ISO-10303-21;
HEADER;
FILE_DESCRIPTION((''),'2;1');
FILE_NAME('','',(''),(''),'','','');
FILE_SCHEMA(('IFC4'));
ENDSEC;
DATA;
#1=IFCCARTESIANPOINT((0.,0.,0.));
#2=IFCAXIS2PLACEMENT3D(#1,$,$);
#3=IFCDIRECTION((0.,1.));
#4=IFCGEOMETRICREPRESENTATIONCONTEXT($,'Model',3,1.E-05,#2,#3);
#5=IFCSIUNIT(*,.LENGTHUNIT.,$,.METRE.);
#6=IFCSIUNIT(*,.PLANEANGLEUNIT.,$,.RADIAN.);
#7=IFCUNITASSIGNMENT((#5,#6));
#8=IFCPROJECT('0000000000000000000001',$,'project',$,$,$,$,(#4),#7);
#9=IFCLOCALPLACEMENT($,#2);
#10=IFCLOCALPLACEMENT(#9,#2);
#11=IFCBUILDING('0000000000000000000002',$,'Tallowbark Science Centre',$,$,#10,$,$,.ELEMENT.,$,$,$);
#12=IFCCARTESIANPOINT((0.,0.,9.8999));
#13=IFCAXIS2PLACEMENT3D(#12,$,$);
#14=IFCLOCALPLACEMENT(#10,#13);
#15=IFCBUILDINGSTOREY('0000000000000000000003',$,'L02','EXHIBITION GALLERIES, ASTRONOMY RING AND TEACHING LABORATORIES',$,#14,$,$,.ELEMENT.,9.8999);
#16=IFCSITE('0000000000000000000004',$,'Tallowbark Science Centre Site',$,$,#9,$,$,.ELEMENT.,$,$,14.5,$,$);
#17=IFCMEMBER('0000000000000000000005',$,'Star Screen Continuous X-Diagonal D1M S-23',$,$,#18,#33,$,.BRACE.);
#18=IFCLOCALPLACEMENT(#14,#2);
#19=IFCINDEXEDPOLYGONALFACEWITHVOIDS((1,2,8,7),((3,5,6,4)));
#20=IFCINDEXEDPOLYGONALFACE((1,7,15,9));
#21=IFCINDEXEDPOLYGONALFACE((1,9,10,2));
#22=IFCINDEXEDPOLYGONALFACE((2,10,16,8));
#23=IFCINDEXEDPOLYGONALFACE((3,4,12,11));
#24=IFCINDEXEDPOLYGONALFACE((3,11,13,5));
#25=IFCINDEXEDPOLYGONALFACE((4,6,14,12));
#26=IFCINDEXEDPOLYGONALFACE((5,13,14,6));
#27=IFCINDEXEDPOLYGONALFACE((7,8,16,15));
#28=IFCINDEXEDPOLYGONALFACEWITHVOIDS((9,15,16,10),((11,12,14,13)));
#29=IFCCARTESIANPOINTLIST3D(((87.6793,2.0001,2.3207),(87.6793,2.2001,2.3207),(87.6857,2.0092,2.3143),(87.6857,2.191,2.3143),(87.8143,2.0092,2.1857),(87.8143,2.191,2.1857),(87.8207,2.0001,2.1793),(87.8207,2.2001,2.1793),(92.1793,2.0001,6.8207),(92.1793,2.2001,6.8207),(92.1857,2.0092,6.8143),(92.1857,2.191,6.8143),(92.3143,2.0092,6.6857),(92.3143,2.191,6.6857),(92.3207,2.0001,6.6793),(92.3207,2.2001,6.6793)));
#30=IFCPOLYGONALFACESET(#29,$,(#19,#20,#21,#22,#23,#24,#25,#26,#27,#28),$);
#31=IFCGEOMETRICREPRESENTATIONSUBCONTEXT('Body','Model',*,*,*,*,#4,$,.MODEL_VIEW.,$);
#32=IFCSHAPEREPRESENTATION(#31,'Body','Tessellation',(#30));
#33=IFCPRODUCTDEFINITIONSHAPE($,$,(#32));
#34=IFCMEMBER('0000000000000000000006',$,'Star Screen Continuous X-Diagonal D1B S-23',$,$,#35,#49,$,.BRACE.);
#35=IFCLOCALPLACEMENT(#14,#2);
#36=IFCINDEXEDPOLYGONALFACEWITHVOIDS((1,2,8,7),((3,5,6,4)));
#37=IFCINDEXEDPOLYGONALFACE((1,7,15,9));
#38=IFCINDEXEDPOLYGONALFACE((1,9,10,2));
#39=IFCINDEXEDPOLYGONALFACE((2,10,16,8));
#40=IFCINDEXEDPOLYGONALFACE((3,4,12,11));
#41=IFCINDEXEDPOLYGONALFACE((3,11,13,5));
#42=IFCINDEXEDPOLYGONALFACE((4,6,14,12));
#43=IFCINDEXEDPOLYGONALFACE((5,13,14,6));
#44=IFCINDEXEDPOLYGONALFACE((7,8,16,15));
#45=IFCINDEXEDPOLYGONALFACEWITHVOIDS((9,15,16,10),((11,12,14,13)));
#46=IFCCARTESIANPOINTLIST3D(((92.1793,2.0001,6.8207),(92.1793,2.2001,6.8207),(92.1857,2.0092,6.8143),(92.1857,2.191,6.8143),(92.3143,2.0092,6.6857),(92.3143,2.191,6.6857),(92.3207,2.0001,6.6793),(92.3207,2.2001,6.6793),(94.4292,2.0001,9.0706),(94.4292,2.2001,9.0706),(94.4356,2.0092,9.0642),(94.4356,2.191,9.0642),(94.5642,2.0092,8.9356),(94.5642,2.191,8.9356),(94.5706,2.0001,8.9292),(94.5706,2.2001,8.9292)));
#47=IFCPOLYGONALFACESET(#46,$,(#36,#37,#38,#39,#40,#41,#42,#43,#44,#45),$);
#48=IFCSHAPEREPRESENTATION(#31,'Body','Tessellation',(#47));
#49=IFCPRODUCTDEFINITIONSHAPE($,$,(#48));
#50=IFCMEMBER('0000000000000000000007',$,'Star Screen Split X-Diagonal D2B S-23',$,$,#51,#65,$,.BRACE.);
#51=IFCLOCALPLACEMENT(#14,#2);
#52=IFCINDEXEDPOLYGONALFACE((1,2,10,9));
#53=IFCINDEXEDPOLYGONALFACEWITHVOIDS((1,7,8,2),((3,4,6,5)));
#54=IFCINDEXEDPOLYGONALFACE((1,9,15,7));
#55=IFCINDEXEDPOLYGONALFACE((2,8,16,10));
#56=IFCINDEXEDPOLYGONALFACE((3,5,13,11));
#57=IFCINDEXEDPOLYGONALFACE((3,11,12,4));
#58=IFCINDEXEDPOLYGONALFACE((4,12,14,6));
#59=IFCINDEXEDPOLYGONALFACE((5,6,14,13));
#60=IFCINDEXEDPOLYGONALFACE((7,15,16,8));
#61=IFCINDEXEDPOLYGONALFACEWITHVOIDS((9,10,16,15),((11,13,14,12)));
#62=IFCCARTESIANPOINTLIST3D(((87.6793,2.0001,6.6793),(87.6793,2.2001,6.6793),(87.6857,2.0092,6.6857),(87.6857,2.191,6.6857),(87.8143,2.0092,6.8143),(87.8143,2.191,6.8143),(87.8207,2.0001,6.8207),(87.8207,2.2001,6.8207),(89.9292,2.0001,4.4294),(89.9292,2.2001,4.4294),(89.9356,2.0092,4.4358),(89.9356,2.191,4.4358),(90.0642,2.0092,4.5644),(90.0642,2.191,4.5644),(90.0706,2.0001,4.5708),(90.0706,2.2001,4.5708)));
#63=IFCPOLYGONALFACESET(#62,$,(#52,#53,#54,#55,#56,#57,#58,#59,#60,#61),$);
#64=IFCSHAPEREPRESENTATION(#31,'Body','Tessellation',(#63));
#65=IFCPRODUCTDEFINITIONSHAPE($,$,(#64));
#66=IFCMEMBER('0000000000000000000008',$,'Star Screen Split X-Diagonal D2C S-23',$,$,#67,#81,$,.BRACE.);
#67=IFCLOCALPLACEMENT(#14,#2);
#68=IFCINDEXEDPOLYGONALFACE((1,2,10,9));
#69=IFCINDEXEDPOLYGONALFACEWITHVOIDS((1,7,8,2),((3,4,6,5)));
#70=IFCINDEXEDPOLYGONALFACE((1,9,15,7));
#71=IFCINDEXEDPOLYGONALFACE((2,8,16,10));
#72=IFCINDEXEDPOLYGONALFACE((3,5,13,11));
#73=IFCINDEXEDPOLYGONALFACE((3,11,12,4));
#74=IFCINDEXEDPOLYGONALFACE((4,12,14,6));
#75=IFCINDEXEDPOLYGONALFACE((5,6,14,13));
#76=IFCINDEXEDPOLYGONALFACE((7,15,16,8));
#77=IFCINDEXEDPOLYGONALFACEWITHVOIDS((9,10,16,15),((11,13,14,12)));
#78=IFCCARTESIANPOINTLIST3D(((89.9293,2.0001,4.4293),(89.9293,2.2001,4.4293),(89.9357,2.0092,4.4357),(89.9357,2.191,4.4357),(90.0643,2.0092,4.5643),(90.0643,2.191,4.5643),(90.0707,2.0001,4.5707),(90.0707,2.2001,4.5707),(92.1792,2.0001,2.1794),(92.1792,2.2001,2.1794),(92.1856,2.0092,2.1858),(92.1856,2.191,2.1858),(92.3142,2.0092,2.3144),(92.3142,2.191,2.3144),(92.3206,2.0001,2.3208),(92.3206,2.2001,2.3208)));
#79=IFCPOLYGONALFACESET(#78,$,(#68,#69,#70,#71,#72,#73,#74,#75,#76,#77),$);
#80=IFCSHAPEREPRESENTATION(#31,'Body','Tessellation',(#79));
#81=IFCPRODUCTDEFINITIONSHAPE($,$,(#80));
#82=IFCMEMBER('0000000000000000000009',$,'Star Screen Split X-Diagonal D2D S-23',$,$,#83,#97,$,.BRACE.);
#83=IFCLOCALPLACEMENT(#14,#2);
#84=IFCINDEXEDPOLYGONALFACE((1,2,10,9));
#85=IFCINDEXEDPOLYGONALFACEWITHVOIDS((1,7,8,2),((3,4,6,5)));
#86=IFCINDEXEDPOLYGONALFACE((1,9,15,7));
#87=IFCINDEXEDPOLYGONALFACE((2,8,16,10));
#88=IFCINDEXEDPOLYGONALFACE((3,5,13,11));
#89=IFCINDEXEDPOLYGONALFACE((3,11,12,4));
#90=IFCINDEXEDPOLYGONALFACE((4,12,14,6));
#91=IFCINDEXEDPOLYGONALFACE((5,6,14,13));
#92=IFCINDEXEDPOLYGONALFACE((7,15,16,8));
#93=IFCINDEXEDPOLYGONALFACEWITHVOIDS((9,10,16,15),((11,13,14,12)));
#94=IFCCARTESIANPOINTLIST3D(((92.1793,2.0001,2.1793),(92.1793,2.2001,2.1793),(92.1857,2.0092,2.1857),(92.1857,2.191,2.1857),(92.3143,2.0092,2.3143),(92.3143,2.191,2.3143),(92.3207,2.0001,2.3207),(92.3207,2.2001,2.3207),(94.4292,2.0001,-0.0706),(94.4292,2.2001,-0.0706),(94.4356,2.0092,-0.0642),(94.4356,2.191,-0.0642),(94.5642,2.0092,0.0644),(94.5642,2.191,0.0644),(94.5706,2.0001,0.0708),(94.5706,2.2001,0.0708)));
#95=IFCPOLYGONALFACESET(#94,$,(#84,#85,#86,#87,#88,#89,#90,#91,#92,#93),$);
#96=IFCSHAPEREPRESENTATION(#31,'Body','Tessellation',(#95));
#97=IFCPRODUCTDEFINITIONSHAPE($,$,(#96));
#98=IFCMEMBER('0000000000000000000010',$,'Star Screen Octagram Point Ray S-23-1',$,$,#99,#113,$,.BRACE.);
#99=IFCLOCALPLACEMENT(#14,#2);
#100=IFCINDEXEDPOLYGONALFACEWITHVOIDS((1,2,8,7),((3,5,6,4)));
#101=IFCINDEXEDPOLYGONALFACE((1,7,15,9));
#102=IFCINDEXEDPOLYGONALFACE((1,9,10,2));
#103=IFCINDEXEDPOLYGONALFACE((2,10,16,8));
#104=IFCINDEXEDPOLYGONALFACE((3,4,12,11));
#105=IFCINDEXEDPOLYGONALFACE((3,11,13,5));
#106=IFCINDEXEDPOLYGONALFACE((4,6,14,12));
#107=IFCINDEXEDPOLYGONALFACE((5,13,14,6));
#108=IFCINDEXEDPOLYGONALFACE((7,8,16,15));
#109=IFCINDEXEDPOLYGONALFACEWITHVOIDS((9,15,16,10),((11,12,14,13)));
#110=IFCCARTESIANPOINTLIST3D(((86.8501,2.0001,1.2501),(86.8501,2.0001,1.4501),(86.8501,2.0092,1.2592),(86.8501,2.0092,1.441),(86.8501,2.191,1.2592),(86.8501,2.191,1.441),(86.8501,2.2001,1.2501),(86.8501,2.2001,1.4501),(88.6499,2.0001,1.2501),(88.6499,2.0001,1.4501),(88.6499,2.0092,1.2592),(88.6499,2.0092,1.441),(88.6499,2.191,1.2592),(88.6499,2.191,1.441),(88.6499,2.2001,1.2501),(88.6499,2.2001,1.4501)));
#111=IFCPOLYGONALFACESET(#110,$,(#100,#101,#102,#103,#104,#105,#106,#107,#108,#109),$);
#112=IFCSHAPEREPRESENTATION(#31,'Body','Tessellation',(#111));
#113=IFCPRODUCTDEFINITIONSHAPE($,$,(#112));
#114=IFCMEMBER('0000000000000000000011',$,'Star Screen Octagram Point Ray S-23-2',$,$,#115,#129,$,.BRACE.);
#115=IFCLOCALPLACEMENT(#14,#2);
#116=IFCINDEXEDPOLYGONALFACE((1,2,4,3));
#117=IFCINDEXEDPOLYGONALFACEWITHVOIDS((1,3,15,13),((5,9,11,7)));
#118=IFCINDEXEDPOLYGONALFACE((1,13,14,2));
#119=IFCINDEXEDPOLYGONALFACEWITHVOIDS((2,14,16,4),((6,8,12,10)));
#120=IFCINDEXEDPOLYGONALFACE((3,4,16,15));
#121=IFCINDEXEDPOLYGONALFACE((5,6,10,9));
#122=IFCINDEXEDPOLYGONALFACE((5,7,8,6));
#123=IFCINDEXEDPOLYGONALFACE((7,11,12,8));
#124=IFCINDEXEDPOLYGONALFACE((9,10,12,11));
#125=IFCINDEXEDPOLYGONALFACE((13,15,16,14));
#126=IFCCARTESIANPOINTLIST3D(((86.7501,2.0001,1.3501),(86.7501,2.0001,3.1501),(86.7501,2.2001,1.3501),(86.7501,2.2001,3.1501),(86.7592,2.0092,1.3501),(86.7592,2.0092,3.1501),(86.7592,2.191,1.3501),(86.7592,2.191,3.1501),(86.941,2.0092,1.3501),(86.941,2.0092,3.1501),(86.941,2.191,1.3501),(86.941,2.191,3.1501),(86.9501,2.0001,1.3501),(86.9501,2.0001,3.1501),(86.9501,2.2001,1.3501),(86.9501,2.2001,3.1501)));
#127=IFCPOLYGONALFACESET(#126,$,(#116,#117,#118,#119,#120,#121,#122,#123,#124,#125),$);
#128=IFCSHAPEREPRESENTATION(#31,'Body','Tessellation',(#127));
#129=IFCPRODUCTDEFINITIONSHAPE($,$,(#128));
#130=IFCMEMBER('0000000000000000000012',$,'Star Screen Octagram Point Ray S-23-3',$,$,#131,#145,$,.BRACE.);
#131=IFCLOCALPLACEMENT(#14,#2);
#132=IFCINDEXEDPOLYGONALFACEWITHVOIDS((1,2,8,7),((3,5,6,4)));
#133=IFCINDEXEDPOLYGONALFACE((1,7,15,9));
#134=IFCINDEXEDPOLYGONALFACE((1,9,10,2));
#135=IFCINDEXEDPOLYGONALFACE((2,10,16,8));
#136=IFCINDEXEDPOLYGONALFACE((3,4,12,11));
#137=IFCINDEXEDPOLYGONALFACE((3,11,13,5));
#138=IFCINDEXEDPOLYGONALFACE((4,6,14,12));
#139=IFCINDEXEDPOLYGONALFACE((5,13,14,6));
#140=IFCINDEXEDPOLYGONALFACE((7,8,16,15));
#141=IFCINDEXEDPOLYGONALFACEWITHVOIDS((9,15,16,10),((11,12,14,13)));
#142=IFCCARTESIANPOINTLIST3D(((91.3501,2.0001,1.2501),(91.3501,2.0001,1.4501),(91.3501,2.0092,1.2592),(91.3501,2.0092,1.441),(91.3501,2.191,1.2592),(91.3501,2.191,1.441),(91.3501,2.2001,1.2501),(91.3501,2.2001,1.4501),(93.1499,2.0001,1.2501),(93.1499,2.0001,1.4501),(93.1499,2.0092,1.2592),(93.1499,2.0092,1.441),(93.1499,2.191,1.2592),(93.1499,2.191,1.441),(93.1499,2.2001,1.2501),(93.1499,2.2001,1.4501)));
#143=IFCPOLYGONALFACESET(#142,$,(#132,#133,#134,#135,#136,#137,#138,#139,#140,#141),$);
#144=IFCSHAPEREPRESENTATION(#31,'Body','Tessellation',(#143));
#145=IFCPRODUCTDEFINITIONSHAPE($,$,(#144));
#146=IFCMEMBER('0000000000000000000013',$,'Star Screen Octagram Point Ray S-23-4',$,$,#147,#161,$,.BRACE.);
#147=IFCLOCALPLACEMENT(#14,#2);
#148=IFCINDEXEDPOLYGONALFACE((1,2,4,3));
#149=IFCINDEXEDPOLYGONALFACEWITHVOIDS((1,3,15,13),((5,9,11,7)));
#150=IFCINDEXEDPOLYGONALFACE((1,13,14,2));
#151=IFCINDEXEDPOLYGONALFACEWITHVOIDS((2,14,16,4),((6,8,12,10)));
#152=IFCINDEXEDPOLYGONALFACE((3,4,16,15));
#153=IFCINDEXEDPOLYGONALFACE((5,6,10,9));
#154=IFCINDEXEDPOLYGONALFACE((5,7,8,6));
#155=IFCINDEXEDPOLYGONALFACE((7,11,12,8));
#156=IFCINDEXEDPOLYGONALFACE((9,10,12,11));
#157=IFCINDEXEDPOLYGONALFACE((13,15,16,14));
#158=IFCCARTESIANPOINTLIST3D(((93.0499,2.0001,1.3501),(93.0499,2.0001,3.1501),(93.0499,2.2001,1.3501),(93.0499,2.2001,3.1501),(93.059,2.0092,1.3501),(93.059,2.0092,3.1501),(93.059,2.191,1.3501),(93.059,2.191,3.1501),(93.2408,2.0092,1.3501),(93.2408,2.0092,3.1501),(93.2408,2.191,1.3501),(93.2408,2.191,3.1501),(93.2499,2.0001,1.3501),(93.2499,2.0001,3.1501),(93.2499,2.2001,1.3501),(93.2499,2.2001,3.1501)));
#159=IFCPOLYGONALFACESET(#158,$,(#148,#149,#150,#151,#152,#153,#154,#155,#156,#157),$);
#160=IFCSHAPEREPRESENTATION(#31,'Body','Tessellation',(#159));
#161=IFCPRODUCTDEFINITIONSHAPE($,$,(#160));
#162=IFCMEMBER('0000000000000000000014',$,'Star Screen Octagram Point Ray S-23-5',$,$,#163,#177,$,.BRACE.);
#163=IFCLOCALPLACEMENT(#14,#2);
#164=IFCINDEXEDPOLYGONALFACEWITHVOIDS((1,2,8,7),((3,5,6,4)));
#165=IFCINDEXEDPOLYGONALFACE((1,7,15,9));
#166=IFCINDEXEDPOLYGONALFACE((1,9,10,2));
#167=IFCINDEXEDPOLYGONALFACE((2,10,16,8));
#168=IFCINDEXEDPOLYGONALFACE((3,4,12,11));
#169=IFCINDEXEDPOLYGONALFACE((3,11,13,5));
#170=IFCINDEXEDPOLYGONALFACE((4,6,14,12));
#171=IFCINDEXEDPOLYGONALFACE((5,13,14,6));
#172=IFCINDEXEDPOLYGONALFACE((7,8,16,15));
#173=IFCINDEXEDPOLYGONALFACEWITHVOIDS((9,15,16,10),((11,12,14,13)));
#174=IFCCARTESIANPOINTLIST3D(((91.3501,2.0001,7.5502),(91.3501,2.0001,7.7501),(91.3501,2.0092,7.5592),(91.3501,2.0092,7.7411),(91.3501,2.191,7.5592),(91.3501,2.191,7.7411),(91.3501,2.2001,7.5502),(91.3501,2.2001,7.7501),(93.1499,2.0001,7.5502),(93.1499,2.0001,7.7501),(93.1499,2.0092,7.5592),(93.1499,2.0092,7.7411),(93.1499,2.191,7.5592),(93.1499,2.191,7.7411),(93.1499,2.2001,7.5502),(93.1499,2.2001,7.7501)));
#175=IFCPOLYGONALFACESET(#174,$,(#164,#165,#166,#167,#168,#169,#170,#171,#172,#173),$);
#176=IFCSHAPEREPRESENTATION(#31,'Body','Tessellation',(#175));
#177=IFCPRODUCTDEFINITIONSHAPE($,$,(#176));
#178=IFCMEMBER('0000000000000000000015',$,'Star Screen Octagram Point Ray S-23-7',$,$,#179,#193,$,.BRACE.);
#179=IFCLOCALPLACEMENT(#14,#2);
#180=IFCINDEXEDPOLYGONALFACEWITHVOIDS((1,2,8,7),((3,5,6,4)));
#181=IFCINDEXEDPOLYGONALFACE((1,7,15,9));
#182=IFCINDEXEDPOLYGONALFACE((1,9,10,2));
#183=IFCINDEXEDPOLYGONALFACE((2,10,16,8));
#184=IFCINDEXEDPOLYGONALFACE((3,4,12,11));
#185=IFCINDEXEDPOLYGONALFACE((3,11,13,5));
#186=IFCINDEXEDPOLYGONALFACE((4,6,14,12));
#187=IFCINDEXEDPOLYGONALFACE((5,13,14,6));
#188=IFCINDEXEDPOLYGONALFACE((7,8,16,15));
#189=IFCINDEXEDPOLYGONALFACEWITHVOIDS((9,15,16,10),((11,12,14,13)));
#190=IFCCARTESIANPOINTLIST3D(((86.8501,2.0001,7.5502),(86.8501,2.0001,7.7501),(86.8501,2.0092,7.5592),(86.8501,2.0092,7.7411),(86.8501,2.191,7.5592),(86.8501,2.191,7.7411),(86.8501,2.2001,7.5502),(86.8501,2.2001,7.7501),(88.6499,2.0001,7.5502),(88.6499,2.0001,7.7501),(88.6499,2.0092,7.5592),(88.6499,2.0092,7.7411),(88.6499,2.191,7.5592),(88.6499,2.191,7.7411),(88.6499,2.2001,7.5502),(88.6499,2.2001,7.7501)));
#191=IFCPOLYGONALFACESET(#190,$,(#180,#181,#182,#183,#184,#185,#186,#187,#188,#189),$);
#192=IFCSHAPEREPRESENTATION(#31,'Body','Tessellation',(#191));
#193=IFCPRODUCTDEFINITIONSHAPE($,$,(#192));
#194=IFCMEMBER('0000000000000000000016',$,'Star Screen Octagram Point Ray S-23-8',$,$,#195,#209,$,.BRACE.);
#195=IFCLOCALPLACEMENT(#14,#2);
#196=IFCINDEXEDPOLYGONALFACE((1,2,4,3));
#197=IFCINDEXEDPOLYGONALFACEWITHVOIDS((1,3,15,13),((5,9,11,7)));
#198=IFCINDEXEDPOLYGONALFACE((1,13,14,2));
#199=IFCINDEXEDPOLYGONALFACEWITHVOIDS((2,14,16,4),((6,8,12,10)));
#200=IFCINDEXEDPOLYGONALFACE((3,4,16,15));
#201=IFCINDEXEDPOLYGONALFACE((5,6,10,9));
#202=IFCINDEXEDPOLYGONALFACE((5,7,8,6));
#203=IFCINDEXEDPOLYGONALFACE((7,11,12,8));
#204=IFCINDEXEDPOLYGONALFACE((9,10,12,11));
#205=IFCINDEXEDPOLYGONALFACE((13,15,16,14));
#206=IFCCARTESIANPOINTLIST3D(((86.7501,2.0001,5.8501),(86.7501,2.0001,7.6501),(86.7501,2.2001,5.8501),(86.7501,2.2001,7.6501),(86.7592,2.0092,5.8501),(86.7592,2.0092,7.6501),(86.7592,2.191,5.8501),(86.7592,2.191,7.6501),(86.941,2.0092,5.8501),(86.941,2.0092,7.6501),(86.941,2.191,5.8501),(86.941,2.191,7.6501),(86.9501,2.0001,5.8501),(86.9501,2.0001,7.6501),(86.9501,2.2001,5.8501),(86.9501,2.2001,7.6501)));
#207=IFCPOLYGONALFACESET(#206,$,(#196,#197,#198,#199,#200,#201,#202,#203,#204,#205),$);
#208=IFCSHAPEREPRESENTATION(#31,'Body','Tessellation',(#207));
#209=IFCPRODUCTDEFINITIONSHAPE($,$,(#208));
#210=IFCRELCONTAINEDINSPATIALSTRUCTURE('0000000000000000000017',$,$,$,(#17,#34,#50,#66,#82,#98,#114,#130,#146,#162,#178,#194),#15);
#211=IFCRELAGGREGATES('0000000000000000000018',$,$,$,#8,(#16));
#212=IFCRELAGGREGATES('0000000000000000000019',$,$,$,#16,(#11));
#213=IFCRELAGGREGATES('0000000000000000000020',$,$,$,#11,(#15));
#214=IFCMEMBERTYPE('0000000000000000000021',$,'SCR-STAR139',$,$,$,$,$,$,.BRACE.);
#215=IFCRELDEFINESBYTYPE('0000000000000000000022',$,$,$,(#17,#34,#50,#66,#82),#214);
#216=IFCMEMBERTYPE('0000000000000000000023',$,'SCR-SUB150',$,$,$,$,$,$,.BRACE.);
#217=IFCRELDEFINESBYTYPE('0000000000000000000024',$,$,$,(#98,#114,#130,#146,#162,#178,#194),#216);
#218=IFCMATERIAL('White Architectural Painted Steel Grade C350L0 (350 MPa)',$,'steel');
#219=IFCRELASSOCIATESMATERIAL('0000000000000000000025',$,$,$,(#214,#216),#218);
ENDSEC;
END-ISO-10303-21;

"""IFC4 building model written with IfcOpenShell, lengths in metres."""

from ifc_helpers import new_model, si_unit, direction, frame, origin, origin_2d, place, context, subcontext, project, spatial, hollow_rectangle, extrude, material, material_profile, profile_set, type_object, element, save


model = new_model("IFC4")

# Units and contexts
model_context = context("Model", 3, precision=1e-05, world=origin(), true_north=direction((0.0, 1.0)))
body_context = subcontext(model_context, "Body", "Model", "MODEL_VIEW")
ifc_project = project(units=[si_unit("LENGTHUNIT", "METRE"), si_unit("PLANEANGLEUNIT", "RADIAN")], contexts=[model_context])

# Site, building, storey
site_placement = place(None, origin())
site = spatial("IfcSite", under=ifc_project, at=site_placement, Name="Tallowbark Science Centre Site", CompositionType="ELEMENT", RefElevation=14.5)
building_placement = place(site_placement, origin())
building = spatial("IfcBuilding", under=site, at=building_placement, Name="Tallowbark Science Centre", CompositionType="ELEMENT")
storey_placement = place(building_placement, frame((0.0, 0.0, 9.8999)))
storey = spatial("IfcBuildingStorey", under=building, at=storey_placement, Name="L02", Description="EXHIBITION GALLERIES, ASTRONOMY RING AND TEACHING LABORATORIES", CompositionType="ELEMENT", Elevation=9.8999)

# Shared definitions
ifc_material_1 = material(Name="White Architectural Painted Steel Grade C350L0 (350 MPa)", Category="steel")

# Members
ifc_material_profile_1 = material_profile(ifc_material_1, hollow_rectangle(XDim=0.2, YDim=0.2, WallThickness=0.009, at=origin_2d()), Name="200x200x9.0SHS")
ifc_profile_set_1 = profile_set([ifc_material_profile_1], Name="White Architectural Painted Steel Grade C350L0 (350 MPa)")
member_type_1 = type_object("IfcMemberType", Name="SCR-STAR139", PredefinedType="BRACE", material=ifc_profile_set_1)
member_1_placement = place(storey_placement, frame((87.75, 2.1001, 2.25), z_axis=(0.707107, 0.0, 0.707107), x_axis=(0.0, 1.0, 0.0)))
element("IfcMember", 1, at=member_1_placement, inside=storey, type_object=member_type_1, Name="Star Screen Continuous X-Diagonal D1M S-23", PredefinedType="BRACE", context=body_context, shape_type="SweptSolid", body=[
    extrude(hollow_rectangle(XDim=0.2, YDim=0.2, WallThickness=0.009, at=origin_2d()), origin(), (0.0, 0.0, 1.0), 6.364),
])
for number, where, z_axis, x_axis, name in (
    (2, (92.25, 2.1001, 6.75), (0.707107, 0.0, 0.707107), (0.0, 1.0, 0.0), "Star Screen Continuous X-Diagonal D1B S-23"),
    (3, (87.75, 2.1001, 6.75), (0.707107, 0.0, -0.707107), (0.0, 1.0, 0.0), "Star Screen Split X-Diagonal D2B S-23"),
    (4, (90.0, 2.1001, 4.5), (0.707107, 0.0, -0.707107), (0.0, 1.0, 0.0), "Star Screen Split X-Diagonal D2C S-23"),
    (5, (92.25, 2.1001, 2.25), (0.707107, 0.0, -0.707107), (0.0, 1.0, 0.0), "Star Screen Split X-Diagonal D2D S-23"),
):
    element("IfcMember", number, at=place(storey_placement, frame(where, z_axis=z_axis, x_axis=x_axis)), inside=storey, type_object=member_type_1, Name=name, PredefinedType="BRACE", context=body_context, shape_type="SweptSolid", body=[
        extrude(hollow_rectangle(XDim=0.2, YDim=0.2, WallThickness=0.009, at=origin_2d()), origin(), (0.0, 0.0, 1.0), 3.1819),
    ])
ifc_material_profile_2 = material_profile(ifc_material_1, hollow_rectangle(XDim=0.2, YDim=0.2, WallThickness=0.009, at=origin_2d()), Name="200x200x9.0SHS")
ifc_profile_set_2 = profile_set([ifc_material_profile_2], Name="White Architectural Painted Steel Grade C350L0 (350 MPa)")
member_type_2 = type_object("IfcMemberType", Name="SCR-SUB150", PredefinedType="BRACE", material=ifc_profile_set_2)
member_2_placement = place(storey_placement, frame((86.8501, 2.1001, 1.3501), z_axis=(1.0, 0.0, 0.0), x_axis=(0.0, 1.0, 0.0)))
element("IfcMember", 6, at=member_2_placement, inside=storey, type_object=member_type_2, Name="Star Screen Octagram Point Ray S-23-1", PredefinedType="BRACE", context=body_context, shape_type="SweptSolid", body=[
    extrude(hollow_rectangle(XDim=0.2, YDim=0.2, WallThickness=0.009, at=origin_2d()), origin(), (0.0, 0.0, 1.0), 1.7998),
])
member_3_placement = place(storey_placement, frame((86.8501, 2.1001, 1.3501), z_axis=(0.0, 0.0, 1.0), x_axis=(1.0, 0.0, 0.0)))
element("IfcMember", 7, at=member_3_placement, inside=storey, type_object=member_type_2, Name="Star Screen Octagram Point Ray S-23-2", PredefinedType="BRACE", context=body_context, shape_type="SweptSolid", body=[
    extrude(hollow_rectangle(XDim=0.2, YDim=0.2, WallThickness=0.009, at=origin_2d()), origin(), (0.0, 0.0, 1.0), 1.8),
])
member_4_placement = place(storey_placement, frame((93.1499, 2.1001, 1.3501), z_axis=(-1.0, 0.0, 0.0), x_axis=(0.0, -1.0, 0.0)))
element("IfcMember", 8, at=member_4_placement, inside=storey, type_object=member_type_2, Name="Star Screen Octagram Point Ray S-23-3", PredefinedType="BRACE", context=body_context, shape_type="SweptSolid", body=[
    extrude(hollow_rectangle(XDim=0.2, YDim=0.2, WallThickness=0.009, at=origin_2d()), origin(), (0.0, 0.0, 1.0), 1.7998),
])
member_5_placement = place(storey_placement, frame((93.1499, 2.1001, 1.3501), z_axis=(0.0, 0.0, 1.0), x_axis=(1.0, 0.0, 0.0)))
element("IfcMember", 9, at=member_5_placement, inside=storey, type_object=member_type_2, Name="Star Screen Octagram Point Ray S-23-4", PredefinedType="BRACE", context=body_context, shape_type="SweptSolid", body=[
    extrude(hollow_rectangle(XDim=0.2, YDim=0.2, WallThickness=0.009, at=origin_2d()), origin(), (0.0, 0.0, 1.0), 1.8),
])
for number, where, z_axis, x_axis, name in (
    (10, (93.1499, 2.1001, 7.6501), (-1.0, 0.0, 0.0), (0.0, -1.0, 0.0), "Star Screen Octagram Point Ray S-23-5"),
    (11, (86.8501, 2.1001, 7.6501), (1.0, 0.0, 0.0), (0.0, 1.0, 0.0), "Star Screen Octagram Point Ray S-23-7"),
):
    element("IfcMember", number, at=place(storey_placement, frame(where, z_axis=z_axis, x_axis=x_axis)), inside=storey, type_object=member_type_2, Name=name, PredefinedType="BRACE", context=body_context, shape_type="SweptSolid", body=[
        extrude(hollow_rectangle(XDim=0.2, YDim=0.2, WallThickness=0.009, at=origin_2d()), origin(), (0.0, 0.0, 1.0), 1.7998),
    ])
member_6_placement = place(storey_placement, frame((86.8501, 2.1001, 7.6501), z_axis=(0.0, 0.0, -1.0), x_axis=(1.0, 0.0, 0.0)))
element("IfcMember", 12, at=member_6_placement, inside=storey, type_object=member_type_2, Name="Star Screen Octagram Point Ray S-23-8", PredefinedType="BRACE", context=body_context, shape_type="SweptSolid", body=[
    extrude(hollow_rectangle(XDim=0.2, YDim=0.2, WallThickness=0.009, at=origin_2d()), origin(), (0.0, 0.0, 1.0), 1.8),
])

save(model, "model.ifc")
